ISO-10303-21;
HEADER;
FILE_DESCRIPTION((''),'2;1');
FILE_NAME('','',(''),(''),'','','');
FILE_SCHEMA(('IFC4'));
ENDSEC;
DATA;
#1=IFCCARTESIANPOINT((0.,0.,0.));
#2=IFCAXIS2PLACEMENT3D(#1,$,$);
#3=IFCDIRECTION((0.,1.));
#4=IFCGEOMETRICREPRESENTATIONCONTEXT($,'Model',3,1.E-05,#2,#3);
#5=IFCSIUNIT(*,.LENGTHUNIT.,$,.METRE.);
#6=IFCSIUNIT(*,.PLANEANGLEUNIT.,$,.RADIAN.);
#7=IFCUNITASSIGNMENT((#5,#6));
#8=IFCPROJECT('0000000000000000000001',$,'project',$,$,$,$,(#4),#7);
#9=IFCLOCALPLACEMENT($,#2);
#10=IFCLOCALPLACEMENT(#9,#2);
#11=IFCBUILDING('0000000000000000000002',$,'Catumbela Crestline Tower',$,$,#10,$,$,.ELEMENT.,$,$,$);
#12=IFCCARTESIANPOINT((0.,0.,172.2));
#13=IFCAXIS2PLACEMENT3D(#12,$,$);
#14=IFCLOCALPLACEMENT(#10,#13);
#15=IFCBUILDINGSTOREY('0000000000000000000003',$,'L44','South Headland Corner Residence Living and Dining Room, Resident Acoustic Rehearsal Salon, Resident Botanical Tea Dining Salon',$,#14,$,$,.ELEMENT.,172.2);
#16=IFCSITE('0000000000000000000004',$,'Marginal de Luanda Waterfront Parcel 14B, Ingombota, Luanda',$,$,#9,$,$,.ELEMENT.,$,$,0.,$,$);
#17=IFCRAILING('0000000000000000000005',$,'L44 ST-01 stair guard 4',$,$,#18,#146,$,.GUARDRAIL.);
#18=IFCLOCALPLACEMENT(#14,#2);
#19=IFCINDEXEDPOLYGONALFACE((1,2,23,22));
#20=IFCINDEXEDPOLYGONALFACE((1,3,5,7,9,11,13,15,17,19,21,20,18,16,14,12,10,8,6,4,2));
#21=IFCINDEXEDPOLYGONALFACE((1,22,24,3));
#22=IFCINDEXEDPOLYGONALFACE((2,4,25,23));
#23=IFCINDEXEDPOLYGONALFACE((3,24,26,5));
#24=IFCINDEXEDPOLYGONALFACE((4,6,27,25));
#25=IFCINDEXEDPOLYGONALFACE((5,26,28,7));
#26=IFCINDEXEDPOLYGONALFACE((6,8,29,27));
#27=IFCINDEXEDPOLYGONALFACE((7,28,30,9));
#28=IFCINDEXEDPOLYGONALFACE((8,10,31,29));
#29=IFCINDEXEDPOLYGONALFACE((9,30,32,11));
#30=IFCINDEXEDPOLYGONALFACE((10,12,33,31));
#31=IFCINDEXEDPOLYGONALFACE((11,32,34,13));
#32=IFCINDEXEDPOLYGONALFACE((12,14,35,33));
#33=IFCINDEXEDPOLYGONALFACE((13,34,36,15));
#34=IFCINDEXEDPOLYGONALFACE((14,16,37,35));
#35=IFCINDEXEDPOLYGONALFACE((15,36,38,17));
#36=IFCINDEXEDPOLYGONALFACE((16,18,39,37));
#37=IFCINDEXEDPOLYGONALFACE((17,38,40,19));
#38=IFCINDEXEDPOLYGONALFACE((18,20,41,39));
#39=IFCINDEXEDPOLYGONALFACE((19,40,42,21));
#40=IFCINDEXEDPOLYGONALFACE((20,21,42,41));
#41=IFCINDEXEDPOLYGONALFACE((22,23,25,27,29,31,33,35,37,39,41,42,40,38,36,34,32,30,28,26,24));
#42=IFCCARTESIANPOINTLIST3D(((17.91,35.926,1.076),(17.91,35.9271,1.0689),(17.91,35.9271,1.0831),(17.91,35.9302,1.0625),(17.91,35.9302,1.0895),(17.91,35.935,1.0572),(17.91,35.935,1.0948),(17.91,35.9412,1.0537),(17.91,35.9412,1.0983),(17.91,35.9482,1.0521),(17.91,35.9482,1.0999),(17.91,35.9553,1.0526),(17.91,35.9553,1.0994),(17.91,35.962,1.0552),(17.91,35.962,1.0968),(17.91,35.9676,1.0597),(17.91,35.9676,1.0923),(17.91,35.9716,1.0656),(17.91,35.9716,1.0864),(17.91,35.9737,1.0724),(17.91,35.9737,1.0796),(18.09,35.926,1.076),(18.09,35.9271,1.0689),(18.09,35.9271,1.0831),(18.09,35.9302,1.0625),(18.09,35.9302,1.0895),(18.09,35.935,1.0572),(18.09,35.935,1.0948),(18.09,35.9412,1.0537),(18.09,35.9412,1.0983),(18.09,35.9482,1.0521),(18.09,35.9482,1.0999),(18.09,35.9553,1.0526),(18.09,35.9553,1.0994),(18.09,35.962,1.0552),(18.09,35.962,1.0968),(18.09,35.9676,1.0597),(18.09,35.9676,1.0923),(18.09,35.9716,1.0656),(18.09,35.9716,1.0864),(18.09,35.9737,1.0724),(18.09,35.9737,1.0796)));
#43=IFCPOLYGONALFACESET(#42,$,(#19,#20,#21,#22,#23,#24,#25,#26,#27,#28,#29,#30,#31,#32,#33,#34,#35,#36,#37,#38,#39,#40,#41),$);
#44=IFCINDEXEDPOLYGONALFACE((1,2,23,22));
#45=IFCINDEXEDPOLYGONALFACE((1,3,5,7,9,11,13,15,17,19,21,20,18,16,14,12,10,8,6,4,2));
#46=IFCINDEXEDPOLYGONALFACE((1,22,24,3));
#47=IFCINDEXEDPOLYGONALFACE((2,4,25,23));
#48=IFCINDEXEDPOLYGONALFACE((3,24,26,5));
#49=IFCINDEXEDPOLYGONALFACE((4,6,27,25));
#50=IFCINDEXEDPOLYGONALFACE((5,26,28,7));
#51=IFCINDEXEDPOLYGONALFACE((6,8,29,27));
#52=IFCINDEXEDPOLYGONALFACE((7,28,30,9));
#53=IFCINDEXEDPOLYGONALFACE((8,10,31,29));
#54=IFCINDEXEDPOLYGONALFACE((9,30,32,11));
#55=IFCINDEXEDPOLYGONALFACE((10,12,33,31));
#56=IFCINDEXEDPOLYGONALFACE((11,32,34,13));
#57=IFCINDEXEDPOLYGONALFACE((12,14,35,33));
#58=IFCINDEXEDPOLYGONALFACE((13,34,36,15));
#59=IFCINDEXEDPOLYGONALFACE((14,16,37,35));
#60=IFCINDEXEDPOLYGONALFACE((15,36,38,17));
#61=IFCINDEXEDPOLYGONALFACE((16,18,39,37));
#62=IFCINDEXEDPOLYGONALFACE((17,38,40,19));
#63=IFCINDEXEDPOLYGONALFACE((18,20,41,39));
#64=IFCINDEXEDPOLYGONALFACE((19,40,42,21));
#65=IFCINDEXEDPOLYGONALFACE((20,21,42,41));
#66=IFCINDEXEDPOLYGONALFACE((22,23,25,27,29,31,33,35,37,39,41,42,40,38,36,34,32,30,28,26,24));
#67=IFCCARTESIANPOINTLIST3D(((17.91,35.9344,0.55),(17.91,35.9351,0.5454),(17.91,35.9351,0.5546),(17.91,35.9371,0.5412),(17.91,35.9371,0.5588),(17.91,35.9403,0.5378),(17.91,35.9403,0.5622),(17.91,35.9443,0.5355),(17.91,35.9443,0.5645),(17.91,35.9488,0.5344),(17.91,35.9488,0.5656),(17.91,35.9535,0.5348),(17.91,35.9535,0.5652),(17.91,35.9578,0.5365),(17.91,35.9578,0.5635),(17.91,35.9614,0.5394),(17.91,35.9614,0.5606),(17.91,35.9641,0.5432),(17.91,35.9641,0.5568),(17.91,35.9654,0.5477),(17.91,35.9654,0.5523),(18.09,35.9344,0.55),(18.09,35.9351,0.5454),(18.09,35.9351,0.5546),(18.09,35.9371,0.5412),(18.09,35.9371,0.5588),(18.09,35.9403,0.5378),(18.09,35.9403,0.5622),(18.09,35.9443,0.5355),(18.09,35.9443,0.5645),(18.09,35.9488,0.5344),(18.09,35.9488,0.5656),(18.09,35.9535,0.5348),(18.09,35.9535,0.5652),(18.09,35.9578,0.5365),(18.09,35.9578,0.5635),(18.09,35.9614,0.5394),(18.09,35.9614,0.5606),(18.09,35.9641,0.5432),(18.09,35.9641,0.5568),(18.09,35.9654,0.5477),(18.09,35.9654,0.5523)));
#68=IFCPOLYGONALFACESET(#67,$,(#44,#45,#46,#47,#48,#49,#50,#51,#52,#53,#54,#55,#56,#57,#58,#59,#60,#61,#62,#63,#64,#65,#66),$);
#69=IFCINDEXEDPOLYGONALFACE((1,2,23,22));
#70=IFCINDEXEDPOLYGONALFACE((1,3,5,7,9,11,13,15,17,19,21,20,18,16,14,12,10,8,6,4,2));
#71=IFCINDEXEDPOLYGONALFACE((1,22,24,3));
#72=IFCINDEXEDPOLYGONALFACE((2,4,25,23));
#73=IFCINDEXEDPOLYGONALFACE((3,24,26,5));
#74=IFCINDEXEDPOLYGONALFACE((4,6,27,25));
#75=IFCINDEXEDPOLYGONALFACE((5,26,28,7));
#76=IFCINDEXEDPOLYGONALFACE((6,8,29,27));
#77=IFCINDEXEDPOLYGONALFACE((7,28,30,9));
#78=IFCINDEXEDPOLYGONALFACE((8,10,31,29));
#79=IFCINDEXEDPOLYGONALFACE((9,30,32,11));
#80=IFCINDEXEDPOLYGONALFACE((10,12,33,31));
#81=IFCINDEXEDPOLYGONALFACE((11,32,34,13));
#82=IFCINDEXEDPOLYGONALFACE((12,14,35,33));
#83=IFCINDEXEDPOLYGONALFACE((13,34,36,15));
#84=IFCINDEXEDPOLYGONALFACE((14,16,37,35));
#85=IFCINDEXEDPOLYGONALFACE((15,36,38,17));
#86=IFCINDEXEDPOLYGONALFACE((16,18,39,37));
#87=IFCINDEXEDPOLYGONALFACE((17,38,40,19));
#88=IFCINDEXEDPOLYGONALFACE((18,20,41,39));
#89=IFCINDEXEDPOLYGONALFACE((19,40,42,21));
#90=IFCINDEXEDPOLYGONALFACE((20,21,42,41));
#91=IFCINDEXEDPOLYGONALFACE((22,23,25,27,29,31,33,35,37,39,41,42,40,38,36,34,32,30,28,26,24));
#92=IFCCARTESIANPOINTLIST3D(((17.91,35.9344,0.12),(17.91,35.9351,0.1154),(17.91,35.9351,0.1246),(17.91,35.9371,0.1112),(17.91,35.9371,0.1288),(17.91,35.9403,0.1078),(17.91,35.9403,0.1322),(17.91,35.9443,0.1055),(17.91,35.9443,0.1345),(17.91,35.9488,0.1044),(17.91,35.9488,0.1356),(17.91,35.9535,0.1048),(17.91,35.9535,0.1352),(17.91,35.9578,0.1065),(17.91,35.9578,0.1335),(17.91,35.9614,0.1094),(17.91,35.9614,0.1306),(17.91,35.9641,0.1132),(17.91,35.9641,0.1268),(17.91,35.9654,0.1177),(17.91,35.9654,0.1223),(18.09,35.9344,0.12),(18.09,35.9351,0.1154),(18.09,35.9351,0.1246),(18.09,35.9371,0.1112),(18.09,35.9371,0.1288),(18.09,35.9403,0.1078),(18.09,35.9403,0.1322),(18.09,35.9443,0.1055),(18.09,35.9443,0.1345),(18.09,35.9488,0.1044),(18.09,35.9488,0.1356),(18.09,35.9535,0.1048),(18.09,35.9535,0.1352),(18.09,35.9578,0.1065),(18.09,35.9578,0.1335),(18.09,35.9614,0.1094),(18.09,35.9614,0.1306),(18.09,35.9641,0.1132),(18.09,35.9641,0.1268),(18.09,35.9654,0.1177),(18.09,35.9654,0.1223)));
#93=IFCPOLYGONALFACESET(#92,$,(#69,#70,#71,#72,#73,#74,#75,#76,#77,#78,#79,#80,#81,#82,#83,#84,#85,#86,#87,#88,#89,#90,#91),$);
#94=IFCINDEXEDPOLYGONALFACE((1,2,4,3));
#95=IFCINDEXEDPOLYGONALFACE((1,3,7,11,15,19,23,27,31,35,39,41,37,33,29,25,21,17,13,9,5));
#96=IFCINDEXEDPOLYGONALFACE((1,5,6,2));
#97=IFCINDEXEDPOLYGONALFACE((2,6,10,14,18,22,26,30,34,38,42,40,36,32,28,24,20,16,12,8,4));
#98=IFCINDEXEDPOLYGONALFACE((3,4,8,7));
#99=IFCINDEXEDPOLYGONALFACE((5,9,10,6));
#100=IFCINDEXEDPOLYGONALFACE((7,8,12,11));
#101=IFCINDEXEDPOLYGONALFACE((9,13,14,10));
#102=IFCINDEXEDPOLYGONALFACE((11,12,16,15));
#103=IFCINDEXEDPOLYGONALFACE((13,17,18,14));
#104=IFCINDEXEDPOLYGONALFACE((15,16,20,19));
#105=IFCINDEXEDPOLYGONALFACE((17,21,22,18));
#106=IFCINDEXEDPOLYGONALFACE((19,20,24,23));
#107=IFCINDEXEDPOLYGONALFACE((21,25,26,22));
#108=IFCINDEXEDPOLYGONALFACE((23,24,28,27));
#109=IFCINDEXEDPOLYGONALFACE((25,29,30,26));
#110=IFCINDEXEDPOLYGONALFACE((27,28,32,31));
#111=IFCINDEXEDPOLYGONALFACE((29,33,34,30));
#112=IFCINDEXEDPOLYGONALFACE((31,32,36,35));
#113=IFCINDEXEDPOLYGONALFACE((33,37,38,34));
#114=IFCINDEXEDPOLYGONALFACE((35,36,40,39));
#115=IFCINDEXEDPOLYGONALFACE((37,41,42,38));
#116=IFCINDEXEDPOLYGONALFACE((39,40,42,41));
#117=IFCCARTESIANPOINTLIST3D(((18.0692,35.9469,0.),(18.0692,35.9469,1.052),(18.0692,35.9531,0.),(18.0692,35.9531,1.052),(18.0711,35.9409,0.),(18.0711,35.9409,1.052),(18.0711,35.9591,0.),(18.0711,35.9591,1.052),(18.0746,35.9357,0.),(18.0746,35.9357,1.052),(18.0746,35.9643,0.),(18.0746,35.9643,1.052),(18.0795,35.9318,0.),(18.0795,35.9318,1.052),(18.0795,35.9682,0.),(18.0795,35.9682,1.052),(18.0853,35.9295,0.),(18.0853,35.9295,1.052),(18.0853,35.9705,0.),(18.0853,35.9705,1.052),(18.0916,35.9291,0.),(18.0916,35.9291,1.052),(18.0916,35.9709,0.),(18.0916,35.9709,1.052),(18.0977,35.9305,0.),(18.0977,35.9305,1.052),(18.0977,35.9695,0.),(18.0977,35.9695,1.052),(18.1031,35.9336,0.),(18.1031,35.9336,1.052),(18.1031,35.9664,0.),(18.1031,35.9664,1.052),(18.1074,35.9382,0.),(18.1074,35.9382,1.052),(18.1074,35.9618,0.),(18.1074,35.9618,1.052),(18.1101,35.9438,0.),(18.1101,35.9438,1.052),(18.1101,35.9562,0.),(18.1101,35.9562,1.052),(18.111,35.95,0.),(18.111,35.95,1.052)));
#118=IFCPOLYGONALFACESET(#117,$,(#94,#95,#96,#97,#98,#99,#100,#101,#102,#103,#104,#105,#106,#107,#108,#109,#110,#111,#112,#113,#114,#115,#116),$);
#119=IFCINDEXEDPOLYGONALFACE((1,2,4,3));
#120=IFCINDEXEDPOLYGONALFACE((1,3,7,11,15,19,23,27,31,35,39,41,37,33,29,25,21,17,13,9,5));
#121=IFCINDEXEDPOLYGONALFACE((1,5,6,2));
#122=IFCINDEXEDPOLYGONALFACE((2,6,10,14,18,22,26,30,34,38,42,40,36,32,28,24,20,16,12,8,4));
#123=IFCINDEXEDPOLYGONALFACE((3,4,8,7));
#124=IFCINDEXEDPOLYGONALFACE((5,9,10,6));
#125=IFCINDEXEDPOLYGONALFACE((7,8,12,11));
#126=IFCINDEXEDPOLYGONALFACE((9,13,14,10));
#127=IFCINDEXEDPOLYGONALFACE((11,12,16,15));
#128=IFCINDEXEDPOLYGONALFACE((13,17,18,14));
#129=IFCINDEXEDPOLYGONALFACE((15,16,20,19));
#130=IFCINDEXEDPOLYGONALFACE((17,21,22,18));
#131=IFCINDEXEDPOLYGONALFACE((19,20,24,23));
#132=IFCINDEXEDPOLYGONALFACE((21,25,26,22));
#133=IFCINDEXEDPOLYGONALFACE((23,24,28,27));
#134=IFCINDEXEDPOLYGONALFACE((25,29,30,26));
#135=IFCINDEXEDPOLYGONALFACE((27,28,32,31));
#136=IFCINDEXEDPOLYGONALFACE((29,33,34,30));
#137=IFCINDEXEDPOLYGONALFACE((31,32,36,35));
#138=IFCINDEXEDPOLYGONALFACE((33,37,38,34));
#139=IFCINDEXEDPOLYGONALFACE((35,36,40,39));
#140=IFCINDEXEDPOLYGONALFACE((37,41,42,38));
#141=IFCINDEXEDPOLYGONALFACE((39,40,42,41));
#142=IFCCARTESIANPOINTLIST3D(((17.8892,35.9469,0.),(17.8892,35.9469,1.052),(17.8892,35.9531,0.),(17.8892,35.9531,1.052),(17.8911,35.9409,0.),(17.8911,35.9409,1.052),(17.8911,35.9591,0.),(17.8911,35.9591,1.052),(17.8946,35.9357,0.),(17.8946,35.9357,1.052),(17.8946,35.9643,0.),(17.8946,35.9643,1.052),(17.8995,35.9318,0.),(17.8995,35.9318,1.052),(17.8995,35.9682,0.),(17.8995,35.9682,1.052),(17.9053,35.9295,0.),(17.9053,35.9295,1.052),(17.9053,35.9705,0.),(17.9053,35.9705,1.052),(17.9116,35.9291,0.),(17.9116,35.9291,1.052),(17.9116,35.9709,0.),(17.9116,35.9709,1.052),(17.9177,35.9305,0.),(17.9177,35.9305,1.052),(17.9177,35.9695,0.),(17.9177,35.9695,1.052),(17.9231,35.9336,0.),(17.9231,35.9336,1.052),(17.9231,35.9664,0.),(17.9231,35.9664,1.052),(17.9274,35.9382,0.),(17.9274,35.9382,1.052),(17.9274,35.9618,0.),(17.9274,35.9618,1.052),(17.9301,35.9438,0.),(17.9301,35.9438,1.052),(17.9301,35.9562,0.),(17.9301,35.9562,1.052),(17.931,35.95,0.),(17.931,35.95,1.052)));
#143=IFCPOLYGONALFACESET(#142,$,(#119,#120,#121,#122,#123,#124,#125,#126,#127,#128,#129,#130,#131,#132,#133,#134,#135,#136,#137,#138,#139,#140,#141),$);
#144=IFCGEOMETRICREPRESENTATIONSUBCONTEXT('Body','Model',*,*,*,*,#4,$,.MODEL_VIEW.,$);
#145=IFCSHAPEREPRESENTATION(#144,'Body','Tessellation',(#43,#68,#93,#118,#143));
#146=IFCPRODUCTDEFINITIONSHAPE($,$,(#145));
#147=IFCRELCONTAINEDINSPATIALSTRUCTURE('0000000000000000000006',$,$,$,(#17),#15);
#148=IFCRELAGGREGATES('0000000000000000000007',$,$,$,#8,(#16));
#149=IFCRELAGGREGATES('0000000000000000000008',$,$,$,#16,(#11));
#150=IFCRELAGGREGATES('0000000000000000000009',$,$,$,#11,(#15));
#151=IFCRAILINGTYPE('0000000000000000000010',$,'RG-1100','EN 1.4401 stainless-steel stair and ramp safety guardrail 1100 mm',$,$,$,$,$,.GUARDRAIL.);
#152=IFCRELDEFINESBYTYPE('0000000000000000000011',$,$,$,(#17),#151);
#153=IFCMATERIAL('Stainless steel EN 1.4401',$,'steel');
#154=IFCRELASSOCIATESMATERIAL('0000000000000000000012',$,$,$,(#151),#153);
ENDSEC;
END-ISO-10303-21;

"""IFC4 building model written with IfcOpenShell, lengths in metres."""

from ifc_helpers import new_model, si_unit, direction, frame, origin, origin_2d, place, context, subcontext, project, spatial, circle, extrude, material, type_object, element, save


model = new_model("IFC4")

# Units and contexts
model_context = context("Model", 3, precision=1e-05, world=origin(), true_north=direction((0.0, 1.0)))
body_context = subcontext(model_context, "Body", "Model", "MODEL_VIEW")
ifc_project = project(units=[si_unit("LENGTHUNIT", "METRE"), si_unit("PLANEANGLEUNIT", "RADIAN")], contexts=[model_context])

# Site, building, storey
site_placement = place(None, origin())
site = spatial("IfcSite", under=ifc_project, at=site_placement, Name="Marginal de Luanda Waterfront Parcel 14B, Ingombota, Luanda", CompositionType="ELEMENT", RefElevation=0.0)
building_placement = place(site_placement, origin())
building = spatial("IfcBuilding", under=site, at=building_placement, Name="Catumbela Crestline Tower", CompositionType="ELEMENT")
storey_placement = place(building_placement, frame((0.0, 0.0, 172.2)))
storey = spatial("IfcBuildingStorey", under=building, at=storey_placement, Name="L44", Description="South Headland Corner Residence Living and Dining Room, Resident Acoustic Rehearsal Salon, Resident Botanical Tea Dining Salon", CompositionType="ELEMENT", Elevation=172.2)

# Shared definitions
ifc_material_1 = material(Name="Stainless steel EN 1.4401", Category="steel")

# Railing
railing_type_1 = type_object("IfcRailingType", Name="RG-1100", Description="EN 1.4401 stainless-steel stair and ramp safety guardrail 1100 mm", PredefinedType="GUARDRAIL", material=ifc_material_1)
railing_1_placement = place(storey_placement, frame((18.09, 35.95, 0.0)))
element("IfcRailing", 1, at=railing_1_placement, inside=storey, type_object=railing_type_1, Name="L44 ST-01 stair guard 4", PredefinedType="GUARDRAIL", context=body_context, shape_type="SweptSolid", body=[
    extrude(circle(Radius=0.024, at=origin_2d()), frame((0.0, 0.0, 1.076), z_axis=(-1.0, 0.0, 0.0), x_axis=(0.0, -1.0, 0.0)), (0.0, 0.0, 1.0), 0.18),
    extrude(circle(Radius=0.0156, at=origin_2d()), frame((0.0, 0.0, 0.55), z_axis=(-1.0, 0.0, 0.0), x_axis=(0.0, -1.0, 0.0)), (0.0, 0.0, 1.0), 0.18),
    extrude(circle(Radius=0.0156, at=origin_2d()), frame((0.0, 0.0, 0.12), z_axis=(-1.0, 0.0, 0.0), x_axis=(0.0, -1.0, 0.0)), (0.0, 0.0, 1.0), 0.18),
    extrude(circle(Radius=0.021, at=origin_2d()), origin(), (0.0, 0.0, 1.0), 1.052),
    extrude(circle(Radius=0.021, at=origin_2d()), frame((-0.18, 0.0, 0.0)), (0.0, 0.0, 1.0), 1.052),
])

save(model, "model.ifc")
